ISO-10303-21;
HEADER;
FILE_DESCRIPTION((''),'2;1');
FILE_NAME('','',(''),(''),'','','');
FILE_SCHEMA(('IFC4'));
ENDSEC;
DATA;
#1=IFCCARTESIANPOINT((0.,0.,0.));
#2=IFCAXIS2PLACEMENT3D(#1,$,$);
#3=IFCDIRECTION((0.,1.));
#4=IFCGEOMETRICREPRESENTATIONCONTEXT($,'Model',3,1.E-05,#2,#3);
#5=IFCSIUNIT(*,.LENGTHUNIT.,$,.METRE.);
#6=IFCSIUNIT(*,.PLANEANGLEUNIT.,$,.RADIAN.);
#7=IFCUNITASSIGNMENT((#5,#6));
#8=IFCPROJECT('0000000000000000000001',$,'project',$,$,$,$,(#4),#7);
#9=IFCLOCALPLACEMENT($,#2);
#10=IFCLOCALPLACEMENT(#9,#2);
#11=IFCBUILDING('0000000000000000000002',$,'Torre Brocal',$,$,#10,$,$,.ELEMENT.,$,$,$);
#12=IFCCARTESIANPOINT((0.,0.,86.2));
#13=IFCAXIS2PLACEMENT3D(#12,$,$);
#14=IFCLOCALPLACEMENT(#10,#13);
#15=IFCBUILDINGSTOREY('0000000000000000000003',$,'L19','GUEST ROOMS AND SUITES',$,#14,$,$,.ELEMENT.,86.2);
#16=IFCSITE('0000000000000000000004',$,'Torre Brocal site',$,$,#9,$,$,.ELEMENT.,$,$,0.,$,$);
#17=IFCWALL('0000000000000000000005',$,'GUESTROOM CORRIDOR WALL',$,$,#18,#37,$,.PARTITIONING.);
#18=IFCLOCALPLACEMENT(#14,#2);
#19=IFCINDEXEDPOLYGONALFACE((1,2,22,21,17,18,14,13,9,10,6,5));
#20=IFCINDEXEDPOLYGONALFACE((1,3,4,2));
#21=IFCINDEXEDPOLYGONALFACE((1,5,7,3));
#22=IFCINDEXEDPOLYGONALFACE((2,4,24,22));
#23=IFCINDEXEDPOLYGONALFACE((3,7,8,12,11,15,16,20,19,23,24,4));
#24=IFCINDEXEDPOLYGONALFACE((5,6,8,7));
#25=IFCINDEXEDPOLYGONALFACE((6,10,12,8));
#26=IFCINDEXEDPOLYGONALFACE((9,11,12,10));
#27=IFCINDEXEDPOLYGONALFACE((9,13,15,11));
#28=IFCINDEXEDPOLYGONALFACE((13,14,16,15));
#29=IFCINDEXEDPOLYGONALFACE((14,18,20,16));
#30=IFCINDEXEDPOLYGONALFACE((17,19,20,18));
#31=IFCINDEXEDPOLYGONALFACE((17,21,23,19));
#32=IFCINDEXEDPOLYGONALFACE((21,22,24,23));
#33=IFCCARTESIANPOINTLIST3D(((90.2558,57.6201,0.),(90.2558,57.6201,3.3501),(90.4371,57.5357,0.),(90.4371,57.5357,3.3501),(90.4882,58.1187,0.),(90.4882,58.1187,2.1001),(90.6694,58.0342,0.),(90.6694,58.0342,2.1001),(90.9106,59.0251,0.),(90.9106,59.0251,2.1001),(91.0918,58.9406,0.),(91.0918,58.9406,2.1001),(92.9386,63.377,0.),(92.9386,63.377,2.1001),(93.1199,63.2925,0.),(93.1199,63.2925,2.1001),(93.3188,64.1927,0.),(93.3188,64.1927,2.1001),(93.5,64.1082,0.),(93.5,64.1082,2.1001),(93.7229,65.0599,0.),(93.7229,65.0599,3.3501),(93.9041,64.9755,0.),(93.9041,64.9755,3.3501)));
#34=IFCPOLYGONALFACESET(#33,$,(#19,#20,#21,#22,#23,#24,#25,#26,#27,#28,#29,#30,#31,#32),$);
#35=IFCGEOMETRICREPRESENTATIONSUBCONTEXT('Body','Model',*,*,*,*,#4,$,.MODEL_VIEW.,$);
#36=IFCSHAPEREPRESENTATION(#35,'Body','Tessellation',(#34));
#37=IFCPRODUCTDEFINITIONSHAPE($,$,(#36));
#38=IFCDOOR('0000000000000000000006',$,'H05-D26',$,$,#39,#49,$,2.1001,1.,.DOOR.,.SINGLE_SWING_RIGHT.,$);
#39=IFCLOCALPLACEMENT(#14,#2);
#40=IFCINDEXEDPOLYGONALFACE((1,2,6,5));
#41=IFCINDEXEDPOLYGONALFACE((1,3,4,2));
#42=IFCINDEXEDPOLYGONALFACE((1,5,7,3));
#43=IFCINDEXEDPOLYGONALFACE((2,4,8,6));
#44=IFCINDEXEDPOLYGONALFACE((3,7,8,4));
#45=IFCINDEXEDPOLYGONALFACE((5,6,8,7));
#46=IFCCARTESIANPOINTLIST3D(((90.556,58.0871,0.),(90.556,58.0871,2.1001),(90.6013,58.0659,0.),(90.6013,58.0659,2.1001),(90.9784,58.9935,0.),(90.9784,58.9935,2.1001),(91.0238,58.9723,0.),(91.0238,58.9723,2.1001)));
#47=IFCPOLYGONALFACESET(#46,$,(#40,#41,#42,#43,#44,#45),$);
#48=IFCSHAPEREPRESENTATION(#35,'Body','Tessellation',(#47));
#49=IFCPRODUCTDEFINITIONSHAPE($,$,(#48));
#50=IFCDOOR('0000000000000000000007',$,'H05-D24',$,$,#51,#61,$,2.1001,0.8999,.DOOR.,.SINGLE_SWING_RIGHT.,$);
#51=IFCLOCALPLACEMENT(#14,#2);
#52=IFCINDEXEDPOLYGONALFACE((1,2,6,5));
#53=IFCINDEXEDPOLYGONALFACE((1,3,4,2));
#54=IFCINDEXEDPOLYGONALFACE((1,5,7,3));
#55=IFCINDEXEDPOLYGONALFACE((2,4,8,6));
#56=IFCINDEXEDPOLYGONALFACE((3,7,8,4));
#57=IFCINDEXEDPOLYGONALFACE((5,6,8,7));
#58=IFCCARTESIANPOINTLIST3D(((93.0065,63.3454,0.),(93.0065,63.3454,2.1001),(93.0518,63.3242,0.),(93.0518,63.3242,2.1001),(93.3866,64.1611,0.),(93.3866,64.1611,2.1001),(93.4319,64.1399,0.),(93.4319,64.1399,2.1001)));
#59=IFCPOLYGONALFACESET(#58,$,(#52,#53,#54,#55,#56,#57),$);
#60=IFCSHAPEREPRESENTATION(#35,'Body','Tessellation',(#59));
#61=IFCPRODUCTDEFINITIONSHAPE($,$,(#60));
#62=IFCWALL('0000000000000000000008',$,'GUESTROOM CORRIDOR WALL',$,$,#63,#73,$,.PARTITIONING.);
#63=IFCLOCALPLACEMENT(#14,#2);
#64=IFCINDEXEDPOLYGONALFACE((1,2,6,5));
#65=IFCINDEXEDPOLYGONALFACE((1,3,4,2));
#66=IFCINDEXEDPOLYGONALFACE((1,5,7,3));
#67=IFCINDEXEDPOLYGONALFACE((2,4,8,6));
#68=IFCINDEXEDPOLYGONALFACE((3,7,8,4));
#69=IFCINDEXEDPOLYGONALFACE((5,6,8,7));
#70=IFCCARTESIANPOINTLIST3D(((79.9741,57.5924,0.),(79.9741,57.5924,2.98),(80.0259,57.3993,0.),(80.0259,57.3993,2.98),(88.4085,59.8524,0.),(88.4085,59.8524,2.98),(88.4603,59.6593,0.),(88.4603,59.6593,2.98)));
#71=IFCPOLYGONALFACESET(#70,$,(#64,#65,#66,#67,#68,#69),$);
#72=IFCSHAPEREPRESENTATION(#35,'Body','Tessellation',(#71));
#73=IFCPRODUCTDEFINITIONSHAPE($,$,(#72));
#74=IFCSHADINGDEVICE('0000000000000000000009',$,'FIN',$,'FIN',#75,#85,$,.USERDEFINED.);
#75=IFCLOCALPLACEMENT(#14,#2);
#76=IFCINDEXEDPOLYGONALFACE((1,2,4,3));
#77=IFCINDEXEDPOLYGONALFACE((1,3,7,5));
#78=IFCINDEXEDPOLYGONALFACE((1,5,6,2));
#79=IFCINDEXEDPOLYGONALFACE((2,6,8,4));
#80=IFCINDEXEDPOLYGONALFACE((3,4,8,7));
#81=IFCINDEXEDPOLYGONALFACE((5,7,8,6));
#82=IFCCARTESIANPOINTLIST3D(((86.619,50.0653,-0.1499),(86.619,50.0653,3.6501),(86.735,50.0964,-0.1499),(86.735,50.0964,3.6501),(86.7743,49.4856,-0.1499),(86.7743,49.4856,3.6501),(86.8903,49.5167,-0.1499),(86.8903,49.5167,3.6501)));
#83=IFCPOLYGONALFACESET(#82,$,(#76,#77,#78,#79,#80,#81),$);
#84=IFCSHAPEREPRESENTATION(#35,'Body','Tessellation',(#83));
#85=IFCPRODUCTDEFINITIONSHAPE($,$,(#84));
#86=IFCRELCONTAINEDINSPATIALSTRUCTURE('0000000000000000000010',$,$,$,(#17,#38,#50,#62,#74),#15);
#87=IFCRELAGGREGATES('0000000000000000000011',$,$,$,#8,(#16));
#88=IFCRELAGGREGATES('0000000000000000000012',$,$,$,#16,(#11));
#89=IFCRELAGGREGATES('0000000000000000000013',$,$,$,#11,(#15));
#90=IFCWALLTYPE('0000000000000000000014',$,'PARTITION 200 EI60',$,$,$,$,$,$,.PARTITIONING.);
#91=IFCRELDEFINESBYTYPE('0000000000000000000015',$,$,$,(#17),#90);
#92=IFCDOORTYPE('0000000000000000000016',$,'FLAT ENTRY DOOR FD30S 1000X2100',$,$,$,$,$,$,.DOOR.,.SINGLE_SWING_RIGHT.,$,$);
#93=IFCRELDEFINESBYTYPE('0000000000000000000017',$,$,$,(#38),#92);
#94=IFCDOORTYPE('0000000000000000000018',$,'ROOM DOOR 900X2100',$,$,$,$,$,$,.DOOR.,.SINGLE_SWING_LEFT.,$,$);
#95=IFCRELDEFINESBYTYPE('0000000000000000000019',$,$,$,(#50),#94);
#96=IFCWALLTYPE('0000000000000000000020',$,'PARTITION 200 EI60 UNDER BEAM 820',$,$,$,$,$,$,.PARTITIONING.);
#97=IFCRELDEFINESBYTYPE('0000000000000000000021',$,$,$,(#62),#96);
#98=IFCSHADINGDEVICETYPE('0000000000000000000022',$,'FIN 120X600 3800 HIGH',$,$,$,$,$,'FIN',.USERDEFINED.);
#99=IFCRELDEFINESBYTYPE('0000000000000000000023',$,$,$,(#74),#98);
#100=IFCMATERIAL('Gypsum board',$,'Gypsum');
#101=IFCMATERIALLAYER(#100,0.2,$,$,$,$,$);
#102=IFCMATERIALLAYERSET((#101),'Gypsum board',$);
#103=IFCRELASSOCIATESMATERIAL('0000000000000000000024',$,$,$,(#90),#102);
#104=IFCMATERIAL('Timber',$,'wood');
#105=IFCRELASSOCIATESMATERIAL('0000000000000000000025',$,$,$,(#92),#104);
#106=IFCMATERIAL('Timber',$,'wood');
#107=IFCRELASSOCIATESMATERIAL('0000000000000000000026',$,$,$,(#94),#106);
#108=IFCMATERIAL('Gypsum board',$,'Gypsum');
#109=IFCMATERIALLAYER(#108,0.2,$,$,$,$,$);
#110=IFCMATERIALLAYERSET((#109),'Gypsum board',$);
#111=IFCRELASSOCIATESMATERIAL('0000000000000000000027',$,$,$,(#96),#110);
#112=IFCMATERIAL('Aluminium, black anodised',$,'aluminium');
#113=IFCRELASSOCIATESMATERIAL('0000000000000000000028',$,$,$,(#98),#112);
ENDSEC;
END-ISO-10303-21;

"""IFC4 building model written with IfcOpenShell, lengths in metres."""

from ifc_helpers import new_model, si_unit, direction, frame, frame_2d, origin, origin_2d, place, context, subcontext, project, spatial, rectangle, extrude, material, layer, layer_set, material_profile, profile_set, type_object, element, fill, save


model = new_model("IFC4")

# Units and contexts
model_context = context("Model", 3, precision=1e-05, world=origin(), true_north=direction((0.0, 1.0)))
body_context = subcontext(model_context, "Body", "Model", "MODEL_VIEW")
ifc_project = project(units=[si_unit("LENGTHUNIT", "METRE"), si_unit("PLANEANGLEUNIT", "RADIAN")], contexts=[model_context])

# Site, building, storey
site_placement = place(None, origin())
site = spatial("IfcSite", under=ifc_project, at=site_placement, Name="Torre Brocal site", CompositionType="ELEMENT", RefElevation=0.0)
building_placement = place(site_placement, origin())
building = spatial("IfcBuilding", under=site, at=building_placement, Name="Torre Brocal", CompositionType="ELEMENT")
storey_placement = place(building_placement, frame((0.0, 0.0, 86.2)))
storey = spatial("IfcBuildingStorey", under=building, at=storey_placement, Name="L19", Description="GUEST ROOMS AND SUITES", CompositionType="ELEMENT", Elevation=86.2)

# Shared definitions
ifc_material_1 = material(Name="Gypsum board", Category="Gypsum")
ifc_layer_1 = layer(ifc_material_1, 0.2)
ifc_layer_set_1 = layer_set([ifc_layer_1], Name="Gypsum board")
wall_type_1 = type_object("IfcWallType", Name="PARTITION 200 EI60", PredefinedType="PARTITIONING", material=ifc_layer_set_1)

# Wall, openings, doors
wall_1_placement = place(storey_placement, frame((90.3464, 57.5779, 0.0), z_axis=(0.0, 0.0, 1.0), x_axis=(0.422403, 0.906408, 0.0)))
wall_1 = element("IfcWall", 1, at=wall_1_placement, inside=storey, type_object=wall_type_1, Name="GUESTROOM CORRIDOR WALL", PredefinedType="PARTITIONING", context=body_context, shape_type="SweptSolid", body=[
    extrude(rectangle(XDim=8.208, YDim=0.2, at=frame_2d((4.104, 0.0))), origin(), (0.0, 0.0, 1.0), 3.3501),
])
opening_1_placement = place(wall_1_placement, frame((6.3513, 0.0, 0.0)))
opening_1 = element("IfcOpeningElement", 2, at=opening_1_placement, cuts=wall_1, PredefinedType="OPENING", context=body_context, shape_type="SweptSolid", body=[
    extrude(rectangle(XDim=0.8999, YDim=2.1001, at=frame_2d((0.45, 1.05))), frame((0.0, 0.1099, 0.0), z_axis=(0.0, -1.0, 0.0), x_axis=(1.0, 0.0, 0.0)), (0.0, 0.0, 1.0), 0.22),
])
opening_2_placement = place(wall_1_placement, frame((0.55, 0.0, 0.0)))
opening_2 = element("IfcOpeningElement", 3, at=opening_2_placement, cuts=wall_1, PredefinedType="OPENING", context=body_context, shape_type="SweptSolid", body=[
    extrude(rectangle(XDim=1.0, YDim=2.1001, at=frame_2d((0.5, 1.05))), frame((0.0, 0.1099, 0.0), z_axis=(0.0, -1.0, 0.0), x_axis=(1.0, 0.0, 0.0)), (0.0, 0.0, 1.0), 0.22),
])
ifc_material_2 = material(Name="Timber", Category="wood")
door_type_1 = type_object("IfcDoorType", Name="FLAT ENTRY DOOR FD30S 1000X2100", OperationType="SINGLE_SWING_RIGHT", PredefinedType="DOOR", material=ifc_material_2)
door_1_placement = place(opening_2_placement, frame((1.0, 0.0, 0.0), z_axis=(0.0, 0.0, 1.0), x_axis=(-1.0, 0.0, 0.0)))
door_1 = element("IfcDoor", 4, at=door_1_placement, inside=storey, type_object=door_type_1, Name="H05-D26", OperationType="SINGLE_SWING_RIGHT", OverallHeight=2.1001, OverallWidth=1.0, PredefinedType="DOOR", context=body_context, shape_type="SweptSolid", body=[
    extrude(rectangle(XDim=1.0, YDim=2.1001, at=frame_2d((0.5, 1.05))), frame((0.0, 0.0249, 0.0), z_axis=(0.0, -1.0, 0.0), x_axis=(1.0, 0.0, 0.0)), (0.0, 0.0, 1.0), 0.05),
])
fill(opening_2, door_1)
ifc_material_3 = material(Name="Timber", Category="wood")
door_type_2 = type_object("IfcDoorType", Name="ROOM DOOR 900X2100", OperationType="SINGLE_SWING_LEFT", PredefinedType="DOOR", material=ifc_material_3)
door_2_placement = place(opening_1_placement, frame((0.8999, 0.0, 0.0), z_axis=(0.0, 0.0, 1.0), x_axis=(-1.0, 0.0, 0.0)))
door_2 = element("IfcDoor", 5, at=door_2_placement, inside=storey, type_object=door_type_2, Name="H05-D24", OperationType="SINGLE_SWING_RIGHT", OverallHeight=2.1001, OverallWidth=0.8999, PredefinedType="DOOR", context=body_context, shape_type="SweptSolid", body=[
    extrude(rectangle(XDim=0.8999, YDim=2.1001, at=frame_2d((0.45, 1.05))), frame((0.0, 0.0249, 0.0), z_axis=(0.0, -1.0, 0.0), x_axis=(1.0, 0.0, 0.0)), (0.0, 0.0, 1.0), 0.05),
])
fill(opening_1, door_2)

# Wall
ifc_material_4 = material(Name="Gypsum board", Category="Gypsum")
ifc_layer_2 = layer(ifc_material_4, 0.2)
ifc_layer_set_2 = layer_set([ifc_layer_2], Name="Gypsum board")
wall_type_2 = type_object("IfcWallType", Name="PARTITION 200 EI60 UNDER BEAM 820", PredefinedType="PARTITIONING", material=ifc_layer_set_2)
wall_2_placement = place(storey_placement, frame((80.0, 57.4958, 0.0), z_axis=(0.0, 0.0, 1.0), x_axis=(0.965925, 0.258823, 0.0)))
element("IfcWall", 6, at=wall_2_placement, inside=storey, type_object=wall_type_2, Name="GUESTROOM CORRIDOR WALL", PredefinedType="PARTITIONING", context=body_context, shape_type="SweptSolid", body=[
    extrude(rectangle(XDim=8.7319, YDim=0.2, at=frame_2d((4.366, 0.0))), origin(), (0.0, 0.0, 1.0), 2.98),
])

# Shading device
ifc_material_5 = material(Name="Aluminium, black anodised", Category="aluminium")
ifc_material_profile_1 = material_profile(ifc_material_5, rectangle(XDim=0.1201, YDim=0.6001, at=origin_2d()), Name="FIN 120X600 3800 HIGH")
ifc_profile_set_1 = profile_set([ifc_material_profile_1], Name="Aluminium, black anodised")
shading_device_type = type_object("IfcShadingDeviceType", Name="FIN 120X600 3800 HIGH", ElementType="FIN", PredefinedType="USERDEFINED", material=ifc_profile_set_1)
shading_device_placement = place(storey_placement, frame((86.7546, 49.791, -0.1499), z_axis=(0.0, 0.0, 1.0), x_axis=(0.965926, 0.258819, 0.0)))
element("IfcShadingDevice", 7, at=shading_device_placement, inside=storey, type_object=shading_device_type, Name="FIN", ObjectType="FIN", PredefinedType="USERDEFINED", context=body_context, shape_type="SweptSolid", body=[
    extrude(rectangle(XDim=0.1201, YDim=0.6001, at=origin_2d()), origin(), (0.0, 0.0, 1.0), 3.8),
])

save(model, "model.ifc")
